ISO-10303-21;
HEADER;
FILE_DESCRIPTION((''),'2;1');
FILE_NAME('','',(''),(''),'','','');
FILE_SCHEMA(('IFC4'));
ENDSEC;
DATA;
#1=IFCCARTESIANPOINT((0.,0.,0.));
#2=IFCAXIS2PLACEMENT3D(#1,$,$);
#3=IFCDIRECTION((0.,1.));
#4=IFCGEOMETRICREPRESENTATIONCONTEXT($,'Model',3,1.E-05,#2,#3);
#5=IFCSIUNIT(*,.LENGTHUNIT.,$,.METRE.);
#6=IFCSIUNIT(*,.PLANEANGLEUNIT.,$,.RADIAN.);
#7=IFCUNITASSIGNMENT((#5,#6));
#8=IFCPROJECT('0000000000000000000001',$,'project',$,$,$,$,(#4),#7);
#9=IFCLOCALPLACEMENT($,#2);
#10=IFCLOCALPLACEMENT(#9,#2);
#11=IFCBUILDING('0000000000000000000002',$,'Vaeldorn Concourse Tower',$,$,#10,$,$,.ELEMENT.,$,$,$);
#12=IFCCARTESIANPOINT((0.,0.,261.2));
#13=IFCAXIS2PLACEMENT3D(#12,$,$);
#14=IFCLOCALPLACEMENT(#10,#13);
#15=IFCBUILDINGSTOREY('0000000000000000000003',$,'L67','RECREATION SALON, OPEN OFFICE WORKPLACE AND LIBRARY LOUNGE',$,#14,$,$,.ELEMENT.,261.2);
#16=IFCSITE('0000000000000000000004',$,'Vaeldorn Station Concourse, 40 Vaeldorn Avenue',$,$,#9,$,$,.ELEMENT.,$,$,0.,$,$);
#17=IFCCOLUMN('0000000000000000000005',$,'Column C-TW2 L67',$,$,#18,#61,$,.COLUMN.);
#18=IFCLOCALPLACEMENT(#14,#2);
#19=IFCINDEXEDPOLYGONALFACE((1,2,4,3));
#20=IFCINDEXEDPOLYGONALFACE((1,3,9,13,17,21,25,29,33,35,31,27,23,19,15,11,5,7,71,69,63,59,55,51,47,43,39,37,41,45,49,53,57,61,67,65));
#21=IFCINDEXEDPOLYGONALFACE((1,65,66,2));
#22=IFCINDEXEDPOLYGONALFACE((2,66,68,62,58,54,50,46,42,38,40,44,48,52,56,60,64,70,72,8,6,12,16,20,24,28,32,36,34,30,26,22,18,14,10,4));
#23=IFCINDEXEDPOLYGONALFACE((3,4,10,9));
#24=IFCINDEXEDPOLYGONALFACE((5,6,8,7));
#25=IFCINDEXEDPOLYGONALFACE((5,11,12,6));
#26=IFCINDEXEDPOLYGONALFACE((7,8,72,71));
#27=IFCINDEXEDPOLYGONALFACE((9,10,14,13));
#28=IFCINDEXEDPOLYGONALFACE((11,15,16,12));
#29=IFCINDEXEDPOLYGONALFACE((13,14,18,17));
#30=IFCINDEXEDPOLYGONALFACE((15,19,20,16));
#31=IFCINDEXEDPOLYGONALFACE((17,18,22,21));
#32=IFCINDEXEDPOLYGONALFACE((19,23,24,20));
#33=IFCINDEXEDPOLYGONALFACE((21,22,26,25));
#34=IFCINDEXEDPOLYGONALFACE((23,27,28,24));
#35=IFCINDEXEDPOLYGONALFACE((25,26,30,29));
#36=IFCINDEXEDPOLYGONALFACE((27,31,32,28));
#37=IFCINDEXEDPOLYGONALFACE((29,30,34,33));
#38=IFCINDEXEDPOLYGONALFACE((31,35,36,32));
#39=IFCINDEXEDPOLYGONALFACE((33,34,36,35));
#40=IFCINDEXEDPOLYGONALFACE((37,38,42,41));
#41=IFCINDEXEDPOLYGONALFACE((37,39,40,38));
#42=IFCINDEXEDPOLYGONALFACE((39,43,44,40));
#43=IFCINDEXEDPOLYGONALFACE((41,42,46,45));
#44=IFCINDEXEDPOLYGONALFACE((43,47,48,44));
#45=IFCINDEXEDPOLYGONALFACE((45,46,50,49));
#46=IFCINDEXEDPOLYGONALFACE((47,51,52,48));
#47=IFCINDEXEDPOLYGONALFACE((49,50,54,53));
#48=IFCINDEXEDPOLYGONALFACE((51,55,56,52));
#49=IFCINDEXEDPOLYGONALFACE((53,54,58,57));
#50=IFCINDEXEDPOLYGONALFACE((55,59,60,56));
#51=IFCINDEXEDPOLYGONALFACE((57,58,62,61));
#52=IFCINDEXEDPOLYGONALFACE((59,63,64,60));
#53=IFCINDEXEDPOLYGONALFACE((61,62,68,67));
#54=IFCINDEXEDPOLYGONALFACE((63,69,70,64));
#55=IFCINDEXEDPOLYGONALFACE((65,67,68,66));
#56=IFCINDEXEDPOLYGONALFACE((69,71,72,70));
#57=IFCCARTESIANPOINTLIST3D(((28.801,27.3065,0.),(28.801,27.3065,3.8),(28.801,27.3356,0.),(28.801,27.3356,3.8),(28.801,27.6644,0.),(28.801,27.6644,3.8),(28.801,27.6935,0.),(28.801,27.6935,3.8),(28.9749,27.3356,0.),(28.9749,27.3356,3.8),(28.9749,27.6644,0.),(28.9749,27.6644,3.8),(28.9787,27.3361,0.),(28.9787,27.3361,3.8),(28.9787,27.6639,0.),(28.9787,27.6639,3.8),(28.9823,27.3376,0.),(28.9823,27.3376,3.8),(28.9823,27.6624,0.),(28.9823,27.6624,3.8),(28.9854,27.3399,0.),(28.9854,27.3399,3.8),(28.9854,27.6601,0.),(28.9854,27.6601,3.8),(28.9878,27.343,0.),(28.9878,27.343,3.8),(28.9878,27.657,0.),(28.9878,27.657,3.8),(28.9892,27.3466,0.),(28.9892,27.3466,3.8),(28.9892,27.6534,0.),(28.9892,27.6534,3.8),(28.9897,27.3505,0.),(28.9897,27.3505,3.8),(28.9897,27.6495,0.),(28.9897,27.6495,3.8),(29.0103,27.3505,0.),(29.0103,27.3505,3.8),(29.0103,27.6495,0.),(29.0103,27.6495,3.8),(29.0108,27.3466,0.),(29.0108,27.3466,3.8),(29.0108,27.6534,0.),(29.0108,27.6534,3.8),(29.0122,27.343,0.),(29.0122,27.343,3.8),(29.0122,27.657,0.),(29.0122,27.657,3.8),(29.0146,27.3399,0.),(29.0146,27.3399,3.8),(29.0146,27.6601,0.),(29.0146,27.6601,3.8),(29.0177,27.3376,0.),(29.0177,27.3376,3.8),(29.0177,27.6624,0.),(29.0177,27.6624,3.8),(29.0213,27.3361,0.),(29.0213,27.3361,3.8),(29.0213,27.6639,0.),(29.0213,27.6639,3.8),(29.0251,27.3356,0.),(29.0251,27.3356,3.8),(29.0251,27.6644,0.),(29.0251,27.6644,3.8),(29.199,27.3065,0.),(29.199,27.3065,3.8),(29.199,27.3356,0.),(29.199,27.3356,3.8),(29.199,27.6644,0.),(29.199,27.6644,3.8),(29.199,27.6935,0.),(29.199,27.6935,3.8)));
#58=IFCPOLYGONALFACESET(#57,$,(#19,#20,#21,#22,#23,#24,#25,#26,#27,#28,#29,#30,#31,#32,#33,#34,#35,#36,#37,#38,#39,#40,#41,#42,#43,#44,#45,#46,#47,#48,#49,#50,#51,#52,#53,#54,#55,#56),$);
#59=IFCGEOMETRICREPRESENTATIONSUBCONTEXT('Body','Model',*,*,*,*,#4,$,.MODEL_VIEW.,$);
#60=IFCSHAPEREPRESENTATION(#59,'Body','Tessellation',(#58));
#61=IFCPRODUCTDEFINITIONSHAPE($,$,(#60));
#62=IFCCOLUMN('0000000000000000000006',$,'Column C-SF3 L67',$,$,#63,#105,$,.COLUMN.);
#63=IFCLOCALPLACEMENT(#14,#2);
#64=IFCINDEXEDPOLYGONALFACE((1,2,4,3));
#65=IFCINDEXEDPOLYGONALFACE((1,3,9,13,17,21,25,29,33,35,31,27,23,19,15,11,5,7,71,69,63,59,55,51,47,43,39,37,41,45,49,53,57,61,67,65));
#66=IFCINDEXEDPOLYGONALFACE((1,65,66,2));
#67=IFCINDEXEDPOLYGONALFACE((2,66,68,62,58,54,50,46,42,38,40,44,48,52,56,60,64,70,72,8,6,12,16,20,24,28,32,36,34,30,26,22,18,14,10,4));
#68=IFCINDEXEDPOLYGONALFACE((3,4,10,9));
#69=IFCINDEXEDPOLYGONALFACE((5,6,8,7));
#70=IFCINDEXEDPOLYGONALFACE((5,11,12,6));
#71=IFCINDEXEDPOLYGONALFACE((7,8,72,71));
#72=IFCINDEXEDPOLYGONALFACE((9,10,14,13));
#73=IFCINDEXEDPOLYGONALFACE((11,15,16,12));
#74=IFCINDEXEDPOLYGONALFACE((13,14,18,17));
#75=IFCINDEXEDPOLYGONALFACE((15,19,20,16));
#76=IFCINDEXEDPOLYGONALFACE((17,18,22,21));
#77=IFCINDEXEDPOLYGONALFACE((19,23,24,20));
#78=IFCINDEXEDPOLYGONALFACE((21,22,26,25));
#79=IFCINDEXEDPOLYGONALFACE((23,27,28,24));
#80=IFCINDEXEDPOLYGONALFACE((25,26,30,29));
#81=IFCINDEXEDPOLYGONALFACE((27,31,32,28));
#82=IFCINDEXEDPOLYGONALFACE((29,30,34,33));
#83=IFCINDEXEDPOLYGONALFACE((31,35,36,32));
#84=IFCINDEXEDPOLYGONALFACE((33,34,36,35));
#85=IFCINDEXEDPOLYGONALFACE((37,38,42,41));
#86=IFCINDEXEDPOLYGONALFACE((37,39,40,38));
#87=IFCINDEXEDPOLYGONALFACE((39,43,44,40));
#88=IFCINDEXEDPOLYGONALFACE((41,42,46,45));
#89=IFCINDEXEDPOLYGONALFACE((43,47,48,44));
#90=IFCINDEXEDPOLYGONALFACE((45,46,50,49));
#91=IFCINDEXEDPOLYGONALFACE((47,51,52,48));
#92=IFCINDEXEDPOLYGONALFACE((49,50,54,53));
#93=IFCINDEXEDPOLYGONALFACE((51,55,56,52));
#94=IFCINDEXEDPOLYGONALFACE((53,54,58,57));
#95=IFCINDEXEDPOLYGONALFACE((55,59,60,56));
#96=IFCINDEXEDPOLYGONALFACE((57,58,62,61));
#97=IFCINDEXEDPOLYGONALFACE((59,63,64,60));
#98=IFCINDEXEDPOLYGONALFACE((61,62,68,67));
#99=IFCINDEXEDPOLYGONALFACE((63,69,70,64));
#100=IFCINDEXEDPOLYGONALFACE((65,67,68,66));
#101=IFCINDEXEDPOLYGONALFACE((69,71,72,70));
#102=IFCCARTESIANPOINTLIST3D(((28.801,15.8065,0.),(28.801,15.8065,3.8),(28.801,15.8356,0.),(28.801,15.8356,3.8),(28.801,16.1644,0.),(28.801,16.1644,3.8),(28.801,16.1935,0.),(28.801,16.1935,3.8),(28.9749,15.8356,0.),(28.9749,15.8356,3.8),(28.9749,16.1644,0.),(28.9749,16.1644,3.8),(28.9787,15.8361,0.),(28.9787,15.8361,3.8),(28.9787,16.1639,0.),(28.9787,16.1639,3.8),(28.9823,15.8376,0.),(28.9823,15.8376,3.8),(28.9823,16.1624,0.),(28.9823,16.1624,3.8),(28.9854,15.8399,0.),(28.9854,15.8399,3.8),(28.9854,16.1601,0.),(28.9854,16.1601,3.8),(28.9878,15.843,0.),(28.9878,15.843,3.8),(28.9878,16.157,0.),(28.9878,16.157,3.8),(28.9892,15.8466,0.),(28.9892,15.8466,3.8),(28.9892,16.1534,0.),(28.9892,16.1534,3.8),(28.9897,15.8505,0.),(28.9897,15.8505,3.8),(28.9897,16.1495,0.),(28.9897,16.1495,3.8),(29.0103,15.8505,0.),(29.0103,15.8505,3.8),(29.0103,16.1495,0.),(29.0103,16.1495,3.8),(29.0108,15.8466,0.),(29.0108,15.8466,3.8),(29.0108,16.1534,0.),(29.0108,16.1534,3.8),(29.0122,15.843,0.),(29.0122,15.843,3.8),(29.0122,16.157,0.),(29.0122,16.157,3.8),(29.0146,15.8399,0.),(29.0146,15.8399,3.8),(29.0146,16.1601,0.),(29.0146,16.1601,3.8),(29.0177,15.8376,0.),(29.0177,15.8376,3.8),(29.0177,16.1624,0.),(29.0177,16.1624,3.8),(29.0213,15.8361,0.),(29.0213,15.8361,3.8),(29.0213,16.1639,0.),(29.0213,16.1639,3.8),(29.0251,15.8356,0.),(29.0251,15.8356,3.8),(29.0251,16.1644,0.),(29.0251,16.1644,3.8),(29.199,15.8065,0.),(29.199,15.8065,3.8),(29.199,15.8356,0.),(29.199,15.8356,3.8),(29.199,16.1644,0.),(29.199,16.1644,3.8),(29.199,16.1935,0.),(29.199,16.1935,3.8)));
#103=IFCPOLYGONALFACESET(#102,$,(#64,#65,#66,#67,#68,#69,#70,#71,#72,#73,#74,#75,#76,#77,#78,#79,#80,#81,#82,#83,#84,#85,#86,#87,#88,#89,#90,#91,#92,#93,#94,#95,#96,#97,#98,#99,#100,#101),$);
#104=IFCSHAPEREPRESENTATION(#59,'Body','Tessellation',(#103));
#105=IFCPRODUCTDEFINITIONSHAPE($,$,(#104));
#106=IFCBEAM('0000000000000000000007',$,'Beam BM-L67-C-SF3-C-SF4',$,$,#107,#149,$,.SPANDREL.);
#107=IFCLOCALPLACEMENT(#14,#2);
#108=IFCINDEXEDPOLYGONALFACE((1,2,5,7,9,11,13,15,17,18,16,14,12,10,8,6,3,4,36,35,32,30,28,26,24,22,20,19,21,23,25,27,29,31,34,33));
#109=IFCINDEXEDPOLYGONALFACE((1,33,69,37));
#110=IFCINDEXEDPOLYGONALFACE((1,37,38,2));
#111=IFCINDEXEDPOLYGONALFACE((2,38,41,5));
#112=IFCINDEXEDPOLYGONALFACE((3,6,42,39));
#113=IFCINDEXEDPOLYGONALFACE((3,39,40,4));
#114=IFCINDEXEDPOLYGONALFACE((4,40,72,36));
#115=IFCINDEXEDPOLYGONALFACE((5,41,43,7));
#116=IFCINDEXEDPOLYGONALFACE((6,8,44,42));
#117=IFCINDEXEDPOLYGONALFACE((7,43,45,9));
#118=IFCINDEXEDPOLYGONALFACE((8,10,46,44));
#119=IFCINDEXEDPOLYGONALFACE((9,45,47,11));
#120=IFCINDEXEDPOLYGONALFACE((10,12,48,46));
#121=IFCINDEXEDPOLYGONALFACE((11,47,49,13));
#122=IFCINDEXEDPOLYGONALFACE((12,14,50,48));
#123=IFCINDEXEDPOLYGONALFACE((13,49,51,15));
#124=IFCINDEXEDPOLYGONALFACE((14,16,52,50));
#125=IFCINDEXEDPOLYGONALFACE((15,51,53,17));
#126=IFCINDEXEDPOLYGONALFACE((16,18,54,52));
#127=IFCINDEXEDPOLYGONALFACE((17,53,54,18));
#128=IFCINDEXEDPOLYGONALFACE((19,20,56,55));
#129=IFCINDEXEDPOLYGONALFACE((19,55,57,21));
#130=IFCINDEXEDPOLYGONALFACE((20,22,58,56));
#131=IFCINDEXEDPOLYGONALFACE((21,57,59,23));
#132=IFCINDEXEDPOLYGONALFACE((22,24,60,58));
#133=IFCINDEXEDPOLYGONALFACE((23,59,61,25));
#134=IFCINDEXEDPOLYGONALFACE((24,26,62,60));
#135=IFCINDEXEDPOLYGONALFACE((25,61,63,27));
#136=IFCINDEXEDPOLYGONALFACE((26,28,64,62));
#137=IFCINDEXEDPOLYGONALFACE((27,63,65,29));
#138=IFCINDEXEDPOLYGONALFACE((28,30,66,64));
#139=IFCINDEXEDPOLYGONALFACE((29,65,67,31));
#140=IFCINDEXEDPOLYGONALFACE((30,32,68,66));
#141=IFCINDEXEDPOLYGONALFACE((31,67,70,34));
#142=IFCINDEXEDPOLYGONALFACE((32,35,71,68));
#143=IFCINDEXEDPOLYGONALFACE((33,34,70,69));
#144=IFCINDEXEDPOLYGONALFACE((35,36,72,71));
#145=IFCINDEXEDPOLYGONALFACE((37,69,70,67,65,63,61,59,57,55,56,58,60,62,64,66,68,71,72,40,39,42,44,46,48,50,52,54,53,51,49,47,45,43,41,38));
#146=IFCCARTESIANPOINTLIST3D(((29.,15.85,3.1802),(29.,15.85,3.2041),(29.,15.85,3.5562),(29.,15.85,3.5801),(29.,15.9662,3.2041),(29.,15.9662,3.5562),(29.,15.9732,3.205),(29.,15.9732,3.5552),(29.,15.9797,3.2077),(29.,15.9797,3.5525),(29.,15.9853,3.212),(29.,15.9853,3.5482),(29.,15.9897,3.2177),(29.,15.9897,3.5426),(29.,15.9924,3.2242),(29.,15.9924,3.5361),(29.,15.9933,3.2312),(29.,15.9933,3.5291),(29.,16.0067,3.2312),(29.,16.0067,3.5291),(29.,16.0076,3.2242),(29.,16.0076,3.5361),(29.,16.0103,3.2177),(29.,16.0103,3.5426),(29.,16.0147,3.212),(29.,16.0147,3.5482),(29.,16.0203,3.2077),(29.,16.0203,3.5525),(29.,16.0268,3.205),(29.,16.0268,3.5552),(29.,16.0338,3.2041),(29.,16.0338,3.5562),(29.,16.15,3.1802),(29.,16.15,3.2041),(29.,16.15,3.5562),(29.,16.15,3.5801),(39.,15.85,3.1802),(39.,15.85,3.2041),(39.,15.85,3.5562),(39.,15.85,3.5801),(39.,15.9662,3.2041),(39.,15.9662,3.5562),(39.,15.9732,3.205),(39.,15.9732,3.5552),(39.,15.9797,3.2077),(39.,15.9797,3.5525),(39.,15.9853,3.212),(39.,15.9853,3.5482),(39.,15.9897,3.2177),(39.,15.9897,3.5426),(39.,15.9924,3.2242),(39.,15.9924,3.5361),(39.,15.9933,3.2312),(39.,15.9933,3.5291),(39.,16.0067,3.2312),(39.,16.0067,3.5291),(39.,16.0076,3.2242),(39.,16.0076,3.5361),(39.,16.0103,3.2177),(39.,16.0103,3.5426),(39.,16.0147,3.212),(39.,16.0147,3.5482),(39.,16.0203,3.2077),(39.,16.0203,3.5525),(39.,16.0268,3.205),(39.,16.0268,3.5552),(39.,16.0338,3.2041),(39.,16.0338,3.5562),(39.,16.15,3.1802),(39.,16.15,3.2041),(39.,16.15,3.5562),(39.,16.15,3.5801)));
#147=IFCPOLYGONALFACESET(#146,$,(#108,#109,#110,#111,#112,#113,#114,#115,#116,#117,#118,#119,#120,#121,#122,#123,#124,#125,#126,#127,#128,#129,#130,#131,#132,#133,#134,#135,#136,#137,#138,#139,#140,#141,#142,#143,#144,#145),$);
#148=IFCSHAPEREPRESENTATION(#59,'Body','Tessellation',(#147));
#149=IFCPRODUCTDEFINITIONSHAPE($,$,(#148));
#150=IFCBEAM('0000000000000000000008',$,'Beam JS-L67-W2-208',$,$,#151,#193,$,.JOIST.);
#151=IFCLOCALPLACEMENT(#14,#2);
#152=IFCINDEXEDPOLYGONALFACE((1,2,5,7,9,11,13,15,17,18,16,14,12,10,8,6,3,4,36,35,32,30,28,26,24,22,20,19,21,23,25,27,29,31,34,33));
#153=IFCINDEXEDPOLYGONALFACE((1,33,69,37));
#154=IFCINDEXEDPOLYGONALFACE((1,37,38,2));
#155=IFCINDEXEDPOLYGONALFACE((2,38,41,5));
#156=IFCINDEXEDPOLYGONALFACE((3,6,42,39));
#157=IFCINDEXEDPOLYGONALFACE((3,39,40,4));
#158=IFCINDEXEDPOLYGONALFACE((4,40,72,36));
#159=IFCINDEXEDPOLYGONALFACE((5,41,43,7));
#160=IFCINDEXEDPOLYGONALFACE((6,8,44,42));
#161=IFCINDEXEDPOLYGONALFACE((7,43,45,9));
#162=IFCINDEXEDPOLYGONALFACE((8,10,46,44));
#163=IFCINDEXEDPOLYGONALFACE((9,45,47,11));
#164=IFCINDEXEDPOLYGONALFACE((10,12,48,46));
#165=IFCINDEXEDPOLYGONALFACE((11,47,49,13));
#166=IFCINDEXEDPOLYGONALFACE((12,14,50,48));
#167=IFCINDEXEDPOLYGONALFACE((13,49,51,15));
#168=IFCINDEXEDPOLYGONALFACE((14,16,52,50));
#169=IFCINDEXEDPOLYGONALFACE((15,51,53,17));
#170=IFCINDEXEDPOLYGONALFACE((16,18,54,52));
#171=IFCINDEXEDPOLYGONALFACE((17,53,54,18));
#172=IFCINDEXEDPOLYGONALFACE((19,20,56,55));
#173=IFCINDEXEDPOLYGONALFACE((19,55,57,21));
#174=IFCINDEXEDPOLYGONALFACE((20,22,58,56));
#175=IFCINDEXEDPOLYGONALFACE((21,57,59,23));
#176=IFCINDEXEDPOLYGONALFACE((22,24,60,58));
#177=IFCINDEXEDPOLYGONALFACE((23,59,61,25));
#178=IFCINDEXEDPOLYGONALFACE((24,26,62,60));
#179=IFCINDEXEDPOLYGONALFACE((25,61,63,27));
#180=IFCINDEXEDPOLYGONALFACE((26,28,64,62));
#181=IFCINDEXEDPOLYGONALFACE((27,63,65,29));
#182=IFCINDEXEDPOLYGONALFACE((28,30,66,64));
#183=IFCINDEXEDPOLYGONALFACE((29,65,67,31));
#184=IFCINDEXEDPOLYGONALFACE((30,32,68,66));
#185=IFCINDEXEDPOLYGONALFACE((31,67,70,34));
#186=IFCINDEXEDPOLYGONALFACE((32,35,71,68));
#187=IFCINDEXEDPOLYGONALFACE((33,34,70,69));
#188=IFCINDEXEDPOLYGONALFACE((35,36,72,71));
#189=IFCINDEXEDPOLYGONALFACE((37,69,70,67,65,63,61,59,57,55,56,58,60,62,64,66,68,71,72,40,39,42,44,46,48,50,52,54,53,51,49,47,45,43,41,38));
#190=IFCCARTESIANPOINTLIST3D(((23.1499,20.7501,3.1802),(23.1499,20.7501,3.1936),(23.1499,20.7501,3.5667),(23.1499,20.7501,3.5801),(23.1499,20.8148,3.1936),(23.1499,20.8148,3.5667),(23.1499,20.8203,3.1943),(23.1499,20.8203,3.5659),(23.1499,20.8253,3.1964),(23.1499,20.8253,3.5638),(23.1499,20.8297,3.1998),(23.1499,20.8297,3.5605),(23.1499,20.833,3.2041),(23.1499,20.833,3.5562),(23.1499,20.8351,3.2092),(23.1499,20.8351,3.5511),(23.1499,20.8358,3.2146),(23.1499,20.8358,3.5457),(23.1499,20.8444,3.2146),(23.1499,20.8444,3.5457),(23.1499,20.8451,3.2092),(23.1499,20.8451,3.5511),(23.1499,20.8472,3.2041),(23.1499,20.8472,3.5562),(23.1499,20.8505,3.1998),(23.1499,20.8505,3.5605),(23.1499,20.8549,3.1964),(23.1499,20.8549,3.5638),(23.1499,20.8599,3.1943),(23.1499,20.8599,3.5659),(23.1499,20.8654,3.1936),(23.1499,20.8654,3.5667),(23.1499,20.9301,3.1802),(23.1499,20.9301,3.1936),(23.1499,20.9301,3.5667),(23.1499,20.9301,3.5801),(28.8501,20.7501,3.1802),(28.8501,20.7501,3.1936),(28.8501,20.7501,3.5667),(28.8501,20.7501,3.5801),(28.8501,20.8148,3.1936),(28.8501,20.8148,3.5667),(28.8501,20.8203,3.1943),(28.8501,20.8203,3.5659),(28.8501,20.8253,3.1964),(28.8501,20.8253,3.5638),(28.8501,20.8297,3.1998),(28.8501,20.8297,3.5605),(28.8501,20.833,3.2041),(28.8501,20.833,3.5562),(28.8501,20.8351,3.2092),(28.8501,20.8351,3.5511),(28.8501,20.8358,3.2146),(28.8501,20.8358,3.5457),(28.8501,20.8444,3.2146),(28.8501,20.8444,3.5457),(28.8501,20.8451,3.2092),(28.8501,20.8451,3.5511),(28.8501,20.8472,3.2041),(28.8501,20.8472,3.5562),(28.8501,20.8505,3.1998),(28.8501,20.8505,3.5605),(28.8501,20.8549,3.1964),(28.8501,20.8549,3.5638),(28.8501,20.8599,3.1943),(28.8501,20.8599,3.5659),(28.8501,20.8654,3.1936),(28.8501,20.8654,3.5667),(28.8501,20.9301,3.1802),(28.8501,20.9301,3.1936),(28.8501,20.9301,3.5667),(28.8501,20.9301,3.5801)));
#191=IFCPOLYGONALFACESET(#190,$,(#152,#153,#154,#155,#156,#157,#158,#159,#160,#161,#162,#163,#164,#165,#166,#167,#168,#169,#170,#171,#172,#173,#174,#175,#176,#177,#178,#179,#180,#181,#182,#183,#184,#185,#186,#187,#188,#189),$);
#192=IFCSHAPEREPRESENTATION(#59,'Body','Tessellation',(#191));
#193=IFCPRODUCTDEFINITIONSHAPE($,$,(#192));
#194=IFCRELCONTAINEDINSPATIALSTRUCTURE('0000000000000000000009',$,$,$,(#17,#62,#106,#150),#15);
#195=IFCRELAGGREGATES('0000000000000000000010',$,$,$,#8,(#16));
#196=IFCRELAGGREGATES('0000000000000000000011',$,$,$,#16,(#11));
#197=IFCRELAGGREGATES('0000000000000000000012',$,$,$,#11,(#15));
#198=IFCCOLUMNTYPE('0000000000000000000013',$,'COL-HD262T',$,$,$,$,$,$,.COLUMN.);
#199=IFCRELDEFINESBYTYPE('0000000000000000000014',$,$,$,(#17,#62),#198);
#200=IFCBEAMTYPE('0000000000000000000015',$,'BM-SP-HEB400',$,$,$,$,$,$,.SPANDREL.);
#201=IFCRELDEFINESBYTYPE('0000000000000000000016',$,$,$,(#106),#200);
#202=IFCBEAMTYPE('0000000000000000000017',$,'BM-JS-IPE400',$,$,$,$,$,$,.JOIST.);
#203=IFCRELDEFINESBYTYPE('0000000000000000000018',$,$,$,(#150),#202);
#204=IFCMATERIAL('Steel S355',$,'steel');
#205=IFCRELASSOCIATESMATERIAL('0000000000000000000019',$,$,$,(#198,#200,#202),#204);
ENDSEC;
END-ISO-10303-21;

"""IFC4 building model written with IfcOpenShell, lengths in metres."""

from ifc_helpers import new_model, si_unit, direction, frame, origin, origin_2d, place, context, subcontext, project, spatial, i_section, extrude, source, transform, mapped, material, material_profile, profile_set, type_object, element, save


model = new_model("IFC4")

# Units and contexts
model_context = context("Model", 3, precision=1e-05, world=origin(), true_north=direction((0.0, 1.0)))
body_context = subcontext(model_context, "Body", "Model", "MODEL_VIEW")
ifc_project = project(units=[si_unit("LENGTHUNIT", "METRE"), si_unit("PLANEANGLEUNIT", "RADIAN")], contexts=[model_context])

# Site, building, storey
site_placement = place(None, origin())
site = spatial("IfcSite", under=ifc_project, at=site_placement, Name="Vaeldorn Station Concourse, 40 Vaeldorn Avenue", CompositionType="ELEMENT", RefElevation=0.0)
building_placement = place(site_placement, origin())
building = spatial("IfcBuilding", under=site, at=building_placement, Name="Vaeldorn Concourse Tower", CompositionType="ELEMENT")
storey_placement = place(building_placement, frame((0.0, 0.0, 261.2)))
storey = spatial("IfcBuildingStorey", under=building, at=storey_placement, Name="L67", Description="RECREATION SALON, OPEN OFFICE WORKPLACE AND LIBRARY LOUNGE", CompositionType="ELEMENT", Elevation=261.2)

# Columns
ifc_material_1 = material(Name="Steel S355", Category="steel")
ifc_material_profile_1 = material_profile(ifc_material_1, i_section(OverallWidth=0.3979, OverallDepth=0.387, WebThickness=0.0205, FlangeThickness=0.0291, FilletRadius=0.0149, at=origin_2d()), Name="HD 400x262")
ifc_profile_set_1 = profile_set([ifc_material_profile_1], Name="Steel S355")
column_type = type_object("IfcColumnType", Name="COL-HD262T", PredefinedType="COLUMN", material=ifc_profile_set_1)
shared_shape_1 = source(origin(), body_context, "Body", "SweptSolid", [
    extrude(i_section(OverallWidth=0.3979, OverallDepth=0.387, WebThickness=0.0205, FlangeThickness=0.0291, FilletRadius=0.0149, at=origin_2d()), origin(), (0.0, 0.0, 1.0), 3.8),
])
for number, where, z_axis, x_axis, name in (
    (1, (29.0, 27.5, 0.0), (0.0, 0.0, 1.0), (1.0, 0.0, 0.0), "Column C-TW2 L67"),
    (2, (29.0, 16.0, 0.0), (0.0, 0.0, 1.0), (1.0, 0.0, 0.0), "Column C-SF3 L67"),
):
    element("IfcColumn", number, at=place(storey_placement, frame(where, z_axis=z_axis, x_axis=x_axis)), inside=storey, type_object=column_type, Name=name, PredefinedType="COLUMN", context=body_context, shape_type="MappedRepresentation", body=[
        mapped(shared_shape_1, transform((0.0, 0.0, 0.0), scale=1.0)),
    ])

# Beams
ifc_material_profile_2 = material_profile(ifc_material_1, i_section(OverallWidth=0.3, OverallDepth=0.3999, WebThickness=0.0134, FlangeThickness=0.0239, FilletRadius=0.0271, at=origin_2d()), Name="HEB 400")
ifc_profile_set_2 = profile_set([ifc_material_profile_2], Name="Steel S355")
beam_type_1 = type_object("IfcBeamType", Name="BM-SP-HEB400", PredefinedType="SPANDREL", material=ifc_profile_set_2)
shared_shape_2 = source(origin(), body_context, "Body", "SweptSolid", [
    extrude(i_section(OverallWidth=0.3, OverallDepth=0.3999, WebThickness=0.0134, FlangeThickness=0.0239, FilletRadius=0.0271, at=origin_2d()), origin(), (0.0, 0.0, 1.0), 10.0),
])
beam_1_placement = place(storey_placement, frame((29.0, 16.0, 3.3801), z_axis=(1.0, 0.0, 0.0), x_axis=(0.0, 1.0, 0.0)))
element("IfcBeam", 3, at=beam_1_placement, inside=storey, type_object=beam_type_1, Name="Beam BM-L67-C-SF3-C-SF4", PredefinedType="SPANDREL", context=body_context, shape_type="MappedRepresentation", body=[
    mapped(shared_shape_2, transform((0.0, 0.0, 0.0), scale=1.0)),
])
ifc_material_profile_3 = material_profile(ifc_material_1, i_section(OverallWidth=0.1799, OverallDepth=0.3999, WebThickness=0.0085, FlangeThickness=0.0134, FilletRadius=0.021, at=origin_2d()), Name="IPE 400")
ifc_profile_set_3 = profile_set([ifc_material_profile_3], Name="Steel S355")
beam_type_2 = type_object("IfcBeamType", Name="BM-JS-IPE400", PredefinedType="JOIST", material=ifc_profile_set_3)
shared_shape_3 = source(origin(), body_context, "Body", "SweptSolid", [
    extrude(i_section(OverallWidth=0.1799, OverallDepth=0.3999, WebThickness=0.0085, FlangeThickness=0.0134, FilletRadius=0.021, at=origin_2d()), origin(), (0.0, 0.0, 1.0), 5.7002),
])
for number, where, z_axis, x_axis, name in (
    (4, (23.1499, 20.8401, 3.3801), (1.0, 0.0, 0.0), (0.0, 1.0, 0.0), "Beam JS-L67-W2-208"),
):
    element("IfcBeam", number, at=place(storey_placement, frame(where, z_axis=z_axis, x_axis=x_axis)), inside=storey, type_object=beam_type_2, Name=name, PredefinedType="JOIST", context=body_context, shape_type="MappedRepresentation", body=[
        mapped(shared_shape_3, transform((0.0, 0.0, 0.0), scale=1.0)),
    ])

save(model, "model.ifc")
